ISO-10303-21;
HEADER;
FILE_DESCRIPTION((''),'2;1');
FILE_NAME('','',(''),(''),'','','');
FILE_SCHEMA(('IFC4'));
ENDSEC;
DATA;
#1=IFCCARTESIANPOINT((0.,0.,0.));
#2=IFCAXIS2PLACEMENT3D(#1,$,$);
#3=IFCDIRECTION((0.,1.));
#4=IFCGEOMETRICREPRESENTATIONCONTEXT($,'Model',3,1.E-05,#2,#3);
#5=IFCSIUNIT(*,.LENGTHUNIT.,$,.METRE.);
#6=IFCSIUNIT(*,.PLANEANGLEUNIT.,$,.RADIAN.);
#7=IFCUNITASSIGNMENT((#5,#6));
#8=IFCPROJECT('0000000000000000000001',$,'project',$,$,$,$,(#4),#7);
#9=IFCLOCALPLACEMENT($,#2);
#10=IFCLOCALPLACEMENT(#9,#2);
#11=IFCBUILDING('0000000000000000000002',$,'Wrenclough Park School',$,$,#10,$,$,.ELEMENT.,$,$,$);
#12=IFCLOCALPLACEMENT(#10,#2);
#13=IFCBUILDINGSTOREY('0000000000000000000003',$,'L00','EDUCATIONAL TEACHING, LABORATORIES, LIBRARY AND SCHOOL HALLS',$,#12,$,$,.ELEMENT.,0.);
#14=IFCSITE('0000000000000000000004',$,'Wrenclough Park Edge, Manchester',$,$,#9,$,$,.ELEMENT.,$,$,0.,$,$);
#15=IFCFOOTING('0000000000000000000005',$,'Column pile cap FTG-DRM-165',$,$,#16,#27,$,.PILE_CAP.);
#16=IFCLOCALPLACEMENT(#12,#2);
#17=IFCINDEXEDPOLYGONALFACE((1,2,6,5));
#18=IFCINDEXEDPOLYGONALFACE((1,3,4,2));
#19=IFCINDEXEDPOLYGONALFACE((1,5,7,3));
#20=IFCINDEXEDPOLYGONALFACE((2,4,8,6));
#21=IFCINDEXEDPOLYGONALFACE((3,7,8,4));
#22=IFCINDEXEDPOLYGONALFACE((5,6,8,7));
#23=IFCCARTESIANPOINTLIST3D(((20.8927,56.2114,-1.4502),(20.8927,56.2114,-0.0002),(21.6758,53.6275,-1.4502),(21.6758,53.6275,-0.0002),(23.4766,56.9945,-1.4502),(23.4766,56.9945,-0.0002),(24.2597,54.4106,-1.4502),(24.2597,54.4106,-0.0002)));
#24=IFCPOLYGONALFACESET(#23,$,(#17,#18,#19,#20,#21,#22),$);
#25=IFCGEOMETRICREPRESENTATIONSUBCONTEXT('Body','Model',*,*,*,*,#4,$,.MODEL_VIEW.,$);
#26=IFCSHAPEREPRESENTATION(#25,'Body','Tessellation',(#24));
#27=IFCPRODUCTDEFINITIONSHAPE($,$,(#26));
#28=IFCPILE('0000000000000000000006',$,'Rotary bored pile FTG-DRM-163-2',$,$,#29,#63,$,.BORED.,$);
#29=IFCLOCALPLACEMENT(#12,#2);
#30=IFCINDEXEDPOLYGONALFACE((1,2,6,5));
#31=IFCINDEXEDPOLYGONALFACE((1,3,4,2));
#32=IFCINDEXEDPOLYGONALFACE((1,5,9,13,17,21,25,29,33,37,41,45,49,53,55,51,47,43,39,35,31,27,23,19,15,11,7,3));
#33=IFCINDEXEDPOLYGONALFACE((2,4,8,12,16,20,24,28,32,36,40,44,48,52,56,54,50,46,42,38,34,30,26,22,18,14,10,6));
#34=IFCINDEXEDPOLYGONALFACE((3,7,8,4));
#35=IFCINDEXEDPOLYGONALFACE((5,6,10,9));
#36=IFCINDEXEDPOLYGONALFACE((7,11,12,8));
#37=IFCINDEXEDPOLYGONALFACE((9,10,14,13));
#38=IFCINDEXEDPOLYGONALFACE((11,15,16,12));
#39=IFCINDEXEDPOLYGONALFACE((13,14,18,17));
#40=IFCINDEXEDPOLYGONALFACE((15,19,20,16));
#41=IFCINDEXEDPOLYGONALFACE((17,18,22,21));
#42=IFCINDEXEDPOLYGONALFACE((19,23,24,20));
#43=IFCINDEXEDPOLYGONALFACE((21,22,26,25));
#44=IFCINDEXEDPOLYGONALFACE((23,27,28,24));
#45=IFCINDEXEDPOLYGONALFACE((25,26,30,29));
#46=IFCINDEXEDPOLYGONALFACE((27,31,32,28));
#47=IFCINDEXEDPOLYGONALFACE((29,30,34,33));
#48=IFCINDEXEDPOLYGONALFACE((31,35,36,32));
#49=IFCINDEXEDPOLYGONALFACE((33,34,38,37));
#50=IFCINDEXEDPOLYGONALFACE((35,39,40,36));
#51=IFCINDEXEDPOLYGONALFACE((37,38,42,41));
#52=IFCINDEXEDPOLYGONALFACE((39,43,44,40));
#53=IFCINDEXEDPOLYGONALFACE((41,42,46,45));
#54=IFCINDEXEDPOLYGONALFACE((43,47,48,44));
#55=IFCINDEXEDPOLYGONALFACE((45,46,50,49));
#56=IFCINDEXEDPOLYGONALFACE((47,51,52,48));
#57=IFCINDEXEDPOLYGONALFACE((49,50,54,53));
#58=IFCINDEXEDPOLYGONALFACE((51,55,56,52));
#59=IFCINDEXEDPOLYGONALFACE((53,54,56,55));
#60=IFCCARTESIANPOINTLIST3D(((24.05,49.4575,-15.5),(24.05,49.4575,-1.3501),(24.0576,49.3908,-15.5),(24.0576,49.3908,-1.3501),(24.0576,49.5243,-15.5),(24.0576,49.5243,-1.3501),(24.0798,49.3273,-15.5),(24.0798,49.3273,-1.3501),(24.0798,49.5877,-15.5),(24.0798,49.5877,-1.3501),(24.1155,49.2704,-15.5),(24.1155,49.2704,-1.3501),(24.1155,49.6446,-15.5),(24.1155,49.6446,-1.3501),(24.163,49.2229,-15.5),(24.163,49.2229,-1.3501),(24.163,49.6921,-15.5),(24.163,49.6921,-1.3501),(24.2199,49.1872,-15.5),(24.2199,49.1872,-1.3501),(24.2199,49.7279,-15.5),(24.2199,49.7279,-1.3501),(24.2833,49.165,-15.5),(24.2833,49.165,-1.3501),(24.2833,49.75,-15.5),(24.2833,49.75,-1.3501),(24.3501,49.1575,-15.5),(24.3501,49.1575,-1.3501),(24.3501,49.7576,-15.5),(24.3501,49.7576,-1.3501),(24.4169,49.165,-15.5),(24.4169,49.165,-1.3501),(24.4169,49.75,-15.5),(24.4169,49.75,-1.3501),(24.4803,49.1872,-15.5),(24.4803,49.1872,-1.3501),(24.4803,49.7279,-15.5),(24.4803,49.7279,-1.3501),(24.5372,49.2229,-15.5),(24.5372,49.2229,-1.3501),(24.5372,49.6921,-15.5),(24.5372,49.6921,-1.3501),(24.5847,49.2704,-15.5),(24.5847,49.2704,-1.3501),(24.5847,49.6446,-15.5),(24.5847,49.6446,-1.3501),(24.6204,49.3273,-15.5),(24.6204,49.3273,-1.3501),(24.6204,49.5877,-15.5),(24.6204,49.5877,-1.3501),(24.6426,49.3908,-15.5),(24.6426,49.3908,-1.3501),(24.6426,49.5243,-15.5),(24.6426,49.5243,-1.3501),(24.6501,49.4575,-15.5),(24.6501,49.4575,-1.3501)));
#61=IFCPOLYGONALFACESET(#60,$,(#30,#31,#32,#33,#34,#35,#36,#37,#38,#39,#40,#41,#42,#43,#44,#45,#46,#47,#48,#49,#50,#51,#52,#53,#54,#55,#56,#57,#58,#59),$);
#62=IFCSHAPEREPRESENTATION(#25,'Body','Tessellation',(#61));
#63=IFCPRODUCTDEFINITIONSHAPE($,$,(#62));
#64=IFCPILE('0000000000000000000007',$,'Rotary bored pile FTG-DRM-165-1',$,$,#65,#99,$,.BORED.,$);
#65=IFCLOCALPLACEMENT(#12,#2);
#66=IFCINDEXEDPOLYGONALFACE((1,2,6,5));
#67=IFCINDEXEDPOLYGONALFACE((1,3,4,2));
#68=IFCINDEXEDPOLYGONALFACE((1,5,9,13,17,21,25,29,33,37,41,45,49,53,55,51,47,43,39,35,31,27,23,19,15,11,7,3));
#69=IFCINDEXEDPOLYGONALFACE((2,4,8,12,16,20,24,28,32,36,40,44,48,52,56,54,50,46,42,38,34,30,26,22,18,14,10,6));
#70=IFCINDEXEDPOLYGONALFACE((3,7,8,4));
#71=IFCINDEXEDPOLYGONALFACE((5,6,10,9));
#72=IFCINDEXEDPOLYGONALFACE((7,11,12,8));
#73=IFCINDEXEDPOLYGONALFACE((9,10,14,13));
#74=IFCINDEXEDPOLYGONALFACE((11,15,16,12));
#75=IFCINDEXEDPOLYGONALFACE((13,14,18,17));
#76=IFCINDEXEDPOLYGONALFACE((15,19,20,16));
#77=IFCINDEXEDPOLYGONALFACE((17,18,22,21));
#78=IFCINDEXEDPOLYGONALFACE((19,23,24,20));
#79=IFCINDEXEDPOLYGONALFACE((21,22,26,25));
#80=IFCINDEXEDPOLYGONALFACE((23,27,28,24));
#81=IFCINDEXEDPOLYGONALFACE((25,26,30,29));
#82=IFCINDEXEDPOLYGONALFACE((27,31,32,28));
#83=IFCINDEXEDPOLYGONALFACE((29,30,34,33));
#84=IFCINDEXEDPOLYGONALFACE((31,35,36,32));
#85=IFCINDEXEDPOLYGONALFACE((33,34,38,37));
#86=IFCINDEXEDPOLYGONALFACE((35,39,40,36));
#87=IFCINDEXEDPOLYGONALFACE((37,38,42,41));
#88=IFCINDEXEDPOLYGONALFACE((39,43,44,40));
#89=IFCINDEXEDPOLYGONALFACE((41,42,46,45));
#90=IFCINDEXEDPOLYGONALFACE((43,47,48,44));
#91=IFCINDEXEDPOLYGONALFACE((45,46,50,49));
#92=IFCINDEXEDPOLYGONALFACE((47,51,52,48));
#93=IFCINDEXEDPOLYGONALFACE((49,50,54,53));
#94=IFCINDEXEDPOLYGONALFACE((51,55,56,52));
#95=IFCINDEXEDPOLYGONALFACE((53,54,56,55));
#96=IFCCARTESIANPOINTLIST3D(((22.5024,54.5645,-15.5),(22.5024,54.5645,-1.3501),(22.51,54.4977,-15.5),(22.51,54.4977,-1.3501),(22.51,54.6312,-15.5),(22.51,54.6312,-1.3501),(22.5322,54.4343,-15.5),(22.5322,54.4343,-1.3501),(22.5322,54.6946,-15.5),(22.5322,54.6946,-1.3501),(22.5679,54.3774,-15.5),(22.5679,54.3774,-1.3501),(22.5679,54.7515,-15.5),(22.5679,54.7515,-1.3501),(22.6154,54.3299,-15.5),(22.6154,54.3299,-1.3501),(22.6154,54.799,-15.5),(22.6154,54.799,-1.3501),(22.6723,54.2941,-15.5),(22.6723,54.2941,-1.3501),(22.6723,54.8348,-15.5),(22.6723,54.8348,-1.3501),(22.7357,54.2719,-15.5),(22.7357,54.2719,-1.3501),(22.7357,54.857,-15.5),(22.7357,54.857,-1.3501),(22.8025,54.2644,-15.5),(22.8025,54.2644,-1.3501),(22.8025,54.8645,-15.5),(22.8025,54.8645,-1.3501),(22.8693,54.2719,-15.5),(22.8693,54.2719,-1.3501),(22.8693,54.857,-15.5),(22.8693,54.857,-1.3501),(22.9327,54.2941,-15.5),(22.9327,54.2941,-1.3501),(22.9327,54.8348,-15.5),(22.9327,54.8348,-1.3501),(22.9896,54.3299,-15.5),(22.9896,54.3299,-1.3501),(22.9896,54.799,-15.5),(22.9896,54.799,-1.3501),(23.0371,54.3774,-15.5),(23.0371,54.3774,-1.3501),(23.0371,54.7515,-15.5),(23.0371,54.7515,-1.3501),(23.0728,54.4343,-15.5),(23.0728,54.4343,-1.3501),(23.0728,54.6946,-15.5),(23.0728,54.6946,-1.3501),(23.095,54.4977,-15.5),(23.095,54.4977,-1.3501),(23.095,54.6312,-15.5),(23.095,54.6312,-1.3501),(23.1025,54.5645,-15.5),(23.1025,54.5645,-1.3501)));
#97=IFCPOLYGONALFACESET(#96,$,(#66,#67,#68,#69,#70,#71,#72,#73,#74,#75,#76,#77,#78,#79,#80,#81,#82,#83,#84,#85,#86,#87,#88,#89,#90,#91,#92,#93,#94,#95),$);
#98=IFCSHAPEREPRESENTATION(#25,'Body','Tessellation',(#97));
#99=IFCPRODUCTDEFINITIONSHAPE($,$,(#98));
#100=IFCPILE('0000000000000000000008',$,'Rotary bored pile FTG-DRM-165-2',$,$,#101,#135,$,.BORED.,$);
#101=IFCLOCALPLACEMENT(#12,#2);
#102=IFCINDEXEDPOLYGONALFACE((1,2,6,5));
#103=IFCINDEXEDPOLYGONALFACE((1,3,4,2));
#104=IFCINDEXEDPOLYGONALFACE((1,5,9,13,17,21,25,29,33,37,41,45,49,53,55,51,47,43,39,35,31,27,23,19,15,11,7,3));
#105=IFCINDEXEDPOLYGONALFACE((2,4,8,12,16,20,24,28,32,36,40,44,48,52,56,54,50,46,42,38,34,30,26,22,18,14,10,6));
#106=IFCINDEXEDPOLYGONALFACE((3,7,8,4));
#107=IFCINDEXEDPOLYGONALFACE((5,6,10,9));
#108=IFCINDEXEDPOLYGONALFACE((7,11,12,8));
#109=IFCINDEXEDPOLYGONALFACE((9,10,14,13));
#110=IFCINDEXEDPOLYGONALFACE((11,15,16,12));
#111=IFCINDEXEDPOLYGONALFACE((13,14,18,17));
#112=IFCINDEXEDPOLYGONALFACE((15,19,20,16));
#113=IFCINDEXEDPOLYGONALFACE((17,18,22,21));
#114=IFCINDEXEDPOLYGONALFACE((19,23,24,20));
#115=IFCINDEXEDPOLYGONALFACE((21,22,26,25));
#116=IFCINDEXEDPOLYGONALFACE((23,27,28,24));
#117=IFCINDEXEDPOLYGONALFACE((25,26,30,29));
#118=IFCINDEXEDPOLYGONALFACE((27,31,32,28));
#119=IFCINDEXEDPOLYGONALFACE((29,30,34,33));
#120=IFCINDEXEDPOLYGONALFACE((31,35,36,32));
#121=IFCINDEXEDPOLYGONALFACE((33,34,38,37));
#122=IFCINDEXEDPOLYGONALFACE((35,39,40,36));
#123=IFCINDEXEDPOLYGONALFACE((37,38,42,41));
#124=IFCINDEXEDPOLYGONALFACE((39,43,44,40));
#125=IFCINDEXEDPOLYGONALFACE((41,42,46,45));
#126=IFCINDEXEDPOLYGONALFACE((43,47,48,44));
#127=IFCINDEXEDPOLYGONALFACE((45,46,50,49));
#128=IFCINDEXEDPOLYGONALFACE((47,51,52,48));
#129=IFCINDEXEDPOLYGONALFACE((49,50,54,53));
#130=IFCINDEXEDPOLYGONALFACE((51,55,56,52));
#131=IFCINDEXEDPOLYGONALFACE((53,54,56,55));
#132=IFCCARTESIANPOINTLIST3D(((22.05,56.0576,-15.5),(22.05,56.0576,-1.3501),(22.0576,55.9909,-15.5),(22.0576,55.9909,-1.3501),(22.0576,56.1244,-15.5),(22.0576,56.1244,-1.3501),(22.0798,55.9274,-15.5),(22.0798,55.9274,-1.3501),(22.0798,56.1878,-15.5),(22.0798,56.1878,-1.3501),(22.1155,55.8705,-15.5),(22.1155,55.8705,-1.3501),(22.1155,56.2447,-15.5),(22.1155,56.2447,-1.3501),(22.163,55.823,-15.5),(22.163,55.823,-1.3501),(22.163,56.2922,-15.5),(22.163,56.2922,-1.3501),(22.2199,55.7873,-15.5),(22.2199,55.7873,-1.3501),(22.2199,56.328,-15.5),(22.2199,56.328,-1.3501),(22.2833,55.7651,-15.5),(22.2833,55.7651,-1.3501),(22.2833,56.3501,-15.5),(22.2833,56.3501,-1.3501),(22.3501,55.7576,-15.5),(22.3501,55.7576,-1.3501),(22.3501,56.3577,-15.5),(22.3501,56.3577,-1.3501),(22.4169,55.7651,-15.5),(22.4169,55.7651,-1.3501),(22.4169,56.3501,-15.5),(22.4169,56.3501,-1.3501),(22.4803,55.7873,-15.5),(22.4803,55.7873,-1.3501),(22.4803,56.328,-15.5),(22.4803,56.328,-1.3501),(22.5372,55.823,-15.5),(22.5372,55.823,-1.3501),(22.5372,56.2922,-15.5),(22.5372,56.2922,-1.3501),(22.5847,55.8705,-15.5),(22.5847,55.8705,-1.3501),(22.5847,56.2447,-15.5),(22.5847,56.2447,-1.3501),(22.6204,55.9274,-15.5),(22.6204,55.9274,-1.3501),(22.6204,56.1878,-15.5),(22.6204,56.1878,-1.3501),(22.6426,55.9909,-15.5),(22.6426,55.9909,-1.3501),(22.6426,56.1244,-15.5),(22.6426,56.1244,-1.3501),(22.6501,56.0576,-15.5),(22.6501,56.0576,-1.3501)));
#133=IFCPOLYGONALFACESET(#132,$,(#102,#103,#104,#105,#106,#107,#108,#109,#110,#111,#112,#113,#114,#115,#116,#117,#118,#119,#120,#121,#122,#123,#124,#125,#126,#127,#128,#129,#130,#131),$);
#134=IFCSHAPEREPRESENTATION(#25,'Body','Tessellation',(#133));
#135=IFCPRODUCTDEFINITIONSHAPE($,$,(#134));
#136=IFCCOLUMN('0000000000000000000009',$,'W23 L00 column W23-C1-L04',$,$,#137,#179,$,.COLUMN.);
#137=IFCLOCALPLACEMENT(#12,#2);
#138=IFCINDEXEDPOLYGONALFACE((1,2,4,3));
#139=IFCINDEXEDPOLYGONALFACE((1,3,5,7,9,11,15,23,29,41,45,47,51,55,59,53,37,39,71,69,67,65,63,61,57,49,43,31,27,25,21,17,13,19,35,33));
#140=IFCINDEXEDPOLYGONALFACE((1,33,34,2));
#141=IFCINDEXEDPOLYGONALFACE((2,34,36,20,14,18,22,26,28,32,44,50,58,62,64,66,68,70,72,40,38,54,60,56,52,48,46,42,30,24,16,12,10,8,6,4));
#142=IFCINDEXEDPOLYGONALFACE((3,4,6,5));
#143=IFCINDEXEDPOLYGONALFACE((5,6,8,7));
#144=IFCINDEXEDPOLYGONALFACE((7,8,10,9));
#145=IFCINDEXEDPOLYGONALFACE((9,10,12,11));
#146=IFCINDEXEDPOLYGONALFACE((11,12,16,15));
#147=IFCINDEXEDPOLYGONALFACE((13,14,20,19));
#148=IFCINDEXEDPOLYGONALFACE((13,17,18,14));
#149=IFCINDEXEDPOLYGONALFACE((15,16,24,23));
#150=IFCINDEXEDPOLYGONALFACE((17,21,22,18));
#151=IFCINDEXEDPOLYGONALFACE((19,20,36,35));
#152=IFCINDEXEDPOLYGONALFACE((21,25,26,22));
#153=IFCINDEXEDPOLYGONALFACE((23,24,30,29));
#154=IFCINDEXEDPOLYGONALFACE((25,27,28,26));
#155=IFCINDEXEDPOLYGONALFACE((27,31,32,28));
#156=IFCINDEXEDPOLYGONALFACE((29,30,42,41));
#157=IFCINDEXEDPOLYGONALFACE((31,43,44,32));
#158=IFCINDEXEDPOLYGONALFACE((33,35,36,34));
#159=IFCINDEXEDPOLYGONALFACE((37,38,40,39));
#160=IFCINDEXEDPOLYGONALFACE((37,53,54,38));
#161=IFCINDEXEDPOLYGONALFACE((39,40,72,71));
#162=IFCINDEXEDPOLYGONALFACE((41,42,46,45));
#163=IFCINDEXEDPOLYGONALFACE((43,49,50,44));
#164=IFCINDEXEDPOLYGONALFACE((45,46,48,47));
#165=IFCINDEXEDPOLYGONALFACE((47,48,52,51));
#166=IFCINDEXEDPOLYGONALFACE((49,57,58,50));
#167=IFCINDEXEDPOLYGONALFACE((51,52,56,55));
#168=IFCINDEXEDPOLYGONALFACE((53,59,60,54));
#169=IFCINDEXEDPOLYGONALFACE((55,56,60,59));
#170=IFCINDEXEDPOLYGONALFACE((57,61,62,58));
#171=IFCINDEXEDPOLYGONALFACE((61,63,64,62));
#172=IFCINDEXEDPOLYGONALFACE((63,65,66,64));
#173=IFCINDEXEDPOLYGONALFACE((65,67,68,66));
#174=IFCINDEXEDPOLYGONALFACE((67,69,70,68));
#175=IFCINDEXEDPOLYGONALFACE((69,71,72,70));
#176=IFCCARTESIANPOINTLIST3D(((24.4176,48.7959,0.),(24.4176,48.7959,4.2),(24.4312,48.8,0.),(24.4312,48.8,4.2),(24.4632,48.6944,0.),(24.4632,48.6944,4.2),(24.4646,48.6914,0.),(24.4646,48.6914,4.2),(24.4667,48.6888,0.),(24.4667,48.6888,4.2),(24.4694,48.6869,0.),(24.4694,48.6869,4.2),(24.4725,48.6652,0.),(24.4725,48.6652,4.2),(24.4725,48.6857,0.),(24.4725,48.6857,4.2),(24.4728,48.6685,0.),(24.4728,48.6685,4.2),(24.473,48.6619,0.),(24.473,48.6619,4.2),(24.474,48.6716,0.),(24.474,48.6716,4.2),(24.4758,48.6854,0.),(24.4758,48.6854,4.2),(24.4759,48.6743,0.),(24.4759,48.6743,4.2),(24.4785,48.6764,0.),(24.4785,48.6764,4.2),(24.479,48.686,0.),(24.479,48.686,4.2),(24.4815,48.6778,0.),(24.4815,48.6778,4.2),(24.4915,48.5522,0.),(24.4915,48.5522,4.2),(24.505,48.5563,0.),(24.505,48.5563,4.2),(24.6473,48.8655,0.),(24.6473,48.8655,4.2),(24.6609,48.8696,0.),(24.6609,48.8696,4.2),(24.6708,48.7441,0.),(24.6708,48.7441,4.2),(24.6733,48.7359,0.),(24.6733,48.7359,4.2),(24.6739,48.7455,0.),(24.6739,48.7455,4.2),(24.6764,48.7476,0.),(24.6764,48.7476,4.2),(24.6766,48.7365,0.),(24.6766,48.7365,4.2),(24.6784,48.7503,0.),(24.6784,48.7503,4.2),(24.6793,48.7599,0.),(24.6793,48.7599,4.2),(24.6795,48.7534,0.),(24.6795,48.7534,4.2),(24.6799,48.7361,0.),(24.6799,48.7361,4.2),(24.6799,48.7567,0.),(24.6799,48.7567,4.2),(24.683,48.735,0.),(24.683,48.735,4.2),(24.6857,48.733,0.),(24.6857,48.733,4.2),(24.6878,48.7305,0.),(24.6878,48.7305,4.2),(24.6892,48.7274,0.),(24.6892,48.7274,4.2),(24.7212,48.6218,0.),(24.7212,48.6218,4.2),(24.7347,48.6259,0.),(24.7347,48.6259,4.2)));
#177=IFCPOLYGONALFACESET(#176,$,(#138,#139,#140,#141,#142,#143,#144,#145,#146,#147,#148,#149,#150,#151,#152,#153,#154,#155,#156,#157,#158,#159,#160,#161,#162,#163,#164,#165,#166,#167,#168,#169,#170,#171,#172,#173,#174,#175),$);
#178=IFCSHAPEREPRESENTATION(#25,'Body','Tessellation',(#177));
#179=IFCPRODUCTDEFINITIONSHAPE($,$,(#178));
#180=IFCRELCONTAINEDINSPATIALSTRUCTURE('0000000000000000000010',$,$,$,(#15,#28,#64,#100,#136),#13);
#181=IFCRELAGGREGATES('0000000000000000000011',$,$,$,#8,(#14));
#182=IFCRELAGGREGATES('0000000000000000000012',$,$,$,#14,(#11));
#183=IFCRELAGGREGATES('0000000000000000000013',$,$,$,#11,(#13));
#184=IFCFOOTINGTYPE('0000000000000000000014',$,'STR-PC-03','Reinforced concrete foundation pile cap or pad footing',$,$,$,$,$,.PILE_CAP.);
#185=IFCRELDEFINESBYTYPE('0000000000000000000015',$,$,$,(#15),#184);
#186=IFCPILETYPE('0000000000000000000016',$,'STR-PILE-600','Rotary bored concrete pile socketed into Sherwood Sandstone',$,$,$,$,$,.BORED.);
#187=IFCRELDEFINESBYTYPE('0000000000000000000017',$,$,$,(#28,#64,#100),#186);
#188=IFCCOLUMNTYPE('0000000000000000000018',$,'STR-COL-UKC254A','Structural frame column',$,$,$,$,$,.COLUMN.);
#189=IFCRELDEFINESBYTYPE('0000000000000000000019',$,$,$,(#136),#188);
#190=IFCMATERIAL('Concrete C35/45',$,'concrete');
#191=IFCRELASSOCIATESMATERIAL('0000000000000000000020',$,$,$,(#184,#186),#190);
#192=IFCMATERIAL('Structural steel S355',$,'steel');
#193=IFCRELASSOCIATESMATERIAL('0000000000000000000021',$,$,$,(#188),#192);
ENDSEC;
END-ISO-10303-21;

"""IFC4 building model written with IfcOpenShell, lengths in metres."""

from ifc_helpers import new_model, si_unit, direction, frame, origin, origin_2d, place, context, subcontext, project, spatial, rectangle, circle, i_section, extrude, material, material_profile, profile_set, type_object, element, save


model = new_model("IFC4")

# Units and contexts
model_context = context("Model", 3, precision=1e-05, world=origin(), true_north=direction((0.0, 1.0)))
body_context = subcontext(model_context, "Body", "Model", "MODEL_VIEW")
ifc_project = project(units=[si_unit("LENGTHUNIT", "METRE"), si_unit("PLANEANGLEUNIT", "RADIAN")], contexts=[model_context])

# Site, building, storey
site_placement = place(None, origin())
site = spatial("IfcSite", under=ifc_project, at=site_placement, Name="Wrenclough Park Edge, Manchester", CompositionType="ELEMENT", RefElevation=0.0)
building_placement = place(site_placement, origin())
building = spatial("IfcBuilding", under=site, at=building_placement, Name="Wrenclough Park School", CompositionType="ELEMENT")
storey_placement = place(building_placement, origin())
storey = spatial("IfcBuildingStorey", under=building, at=storey_placement, Name="L00", Description="EDUCATIONAL TEACHING, LABORATORIES, LIBRARY AND SCHOOL HALLS", CompositionType="ELEMENT", Elevation=0.0)

# Footing
ifc_material_1 = material(Name="Concrete C35/45", Category="concrete")
footing_type = type_object("IfcFootingType", Name="STR-PC-03", Description="Reinforced concrete foundation pile cap or pad footing", PredefinedType="PILE_CAP", material=ifc_material_1)
footing_placement = place(storey_placement, frame((22.5762, 55.311, -1.4502), z_axis=(0.0, 0.0, 1.0), x_axis=(-0.290034, 0.957016, 0.0)))
element("IfcFooting", 1, at=footing_placement, inside=storey, type_object=footing_type, Name="Column pile cap FTG-DRM-165", PredefinedType="PILE_CAP", context=body_context, shape_type="SweptSolid", body=[
    extrude(rectangle(XDim=2.7, YDim=2.7, at=origin_2d()), origin(), (0.0, 0.0, 1.0), 1.45),
])

# Piles
ifc_material_profile_1 = material_profile(ifc_material_1, circle(Radius=0.3, at=origin_2d()), Name="BORED PILE D600")
ifc_profile_set_1 = profile_set([ifc_material_profile_1], Name="Concrete C35/45")
pile_type = type_object("IfcPileType", Name="STR-PILE-600", Description="Rotary bored concrete pile socketed into Sherwood Sandstone", PredefinedType="BORED", material=ifc_profile_set_1)
for number, where, z_axis, x_axis, name in (
    (2, (24.3501, 49.4575, -1.3501), (0.0, 0.0, -1.0), (1.0, 0.0, 0.0), "Rotary bored pile FTG-DRM-163-2"),
    (3, (22.8025, 54.5645, -1.3501), (0.0, 0.0, -1.0), (1.0, 0.0, 0.0), "Rotary bored pile FTG-DRM-165-1"),
    (4, (22.3501, 56.0576, -1.3501), (0.0, 0.0, -1.0), (1.0, 0.0, 0.0), "Rotary bored pile FTG-DRM-165-2"),
):
    element("IfcPile", number, at=place(storey_placement, frame(where, z_axis=z_axis, x_axis=x_axis)), inside=storey, type_object=pile_type, Name=name, PredefinedType="BORED", context=body_context, shape_type="SweptSolid", body=[
        extrude(circle(Radius=0.3, at=origin_2d()), origin(), (0.0, 0.0, 1.0), 14.1499),
    ])

# Column
ifc_material_2 = material(Name="Structural steel S355", Category="steel")
ifc_material_profile_2 = material_profile(ifc_material_2, i_section(OverallWidth=0.2546, OverallDepth=0.2542, WebThickness=0.0085, FlangeThickness=0.0142, FilletRadius=0.0127, at=origin_2d()), Name="UKC 254x254x73")
ifc_profile_set_2 = profile_set([ifc_material_profile_2], Name="Structural steel S355")
column_type = type_object("IfcColumnType", Name="STR-COL-UKC254A", Description="Structural frame column", PredefinedType="COLUMN", material=ifc_profile_set_2)
for number, where, z_axis, x_axis, name in (
    (5, (24.5762, 48.7109, 0.0), (0.0, 0.0, 1.0), (-0.290034, 0.957016, 0.0), "W23 L00 column W23-C1-L04"),
):
    element("IfcColumn", number, at=place(storey_placement, frame(where, z_axis=z_axis, x_axis=x_axis)), inside=storey, type_object=column_type, Name=name, PredefinedType="COLUMN", context=body_context, shape_type="SweptSolid", body=[
        extrude(i_section(OverallWidth=0.2546, OverallDepth=0.2542, WebThickness=0.0085, FlangeThickness=0.0142, FilletRadius=0.0127, at=origin_2d()), origin(), (0.0, 0.0, 1.0), 4.2),
    ])

save(model, "model.ifc")
